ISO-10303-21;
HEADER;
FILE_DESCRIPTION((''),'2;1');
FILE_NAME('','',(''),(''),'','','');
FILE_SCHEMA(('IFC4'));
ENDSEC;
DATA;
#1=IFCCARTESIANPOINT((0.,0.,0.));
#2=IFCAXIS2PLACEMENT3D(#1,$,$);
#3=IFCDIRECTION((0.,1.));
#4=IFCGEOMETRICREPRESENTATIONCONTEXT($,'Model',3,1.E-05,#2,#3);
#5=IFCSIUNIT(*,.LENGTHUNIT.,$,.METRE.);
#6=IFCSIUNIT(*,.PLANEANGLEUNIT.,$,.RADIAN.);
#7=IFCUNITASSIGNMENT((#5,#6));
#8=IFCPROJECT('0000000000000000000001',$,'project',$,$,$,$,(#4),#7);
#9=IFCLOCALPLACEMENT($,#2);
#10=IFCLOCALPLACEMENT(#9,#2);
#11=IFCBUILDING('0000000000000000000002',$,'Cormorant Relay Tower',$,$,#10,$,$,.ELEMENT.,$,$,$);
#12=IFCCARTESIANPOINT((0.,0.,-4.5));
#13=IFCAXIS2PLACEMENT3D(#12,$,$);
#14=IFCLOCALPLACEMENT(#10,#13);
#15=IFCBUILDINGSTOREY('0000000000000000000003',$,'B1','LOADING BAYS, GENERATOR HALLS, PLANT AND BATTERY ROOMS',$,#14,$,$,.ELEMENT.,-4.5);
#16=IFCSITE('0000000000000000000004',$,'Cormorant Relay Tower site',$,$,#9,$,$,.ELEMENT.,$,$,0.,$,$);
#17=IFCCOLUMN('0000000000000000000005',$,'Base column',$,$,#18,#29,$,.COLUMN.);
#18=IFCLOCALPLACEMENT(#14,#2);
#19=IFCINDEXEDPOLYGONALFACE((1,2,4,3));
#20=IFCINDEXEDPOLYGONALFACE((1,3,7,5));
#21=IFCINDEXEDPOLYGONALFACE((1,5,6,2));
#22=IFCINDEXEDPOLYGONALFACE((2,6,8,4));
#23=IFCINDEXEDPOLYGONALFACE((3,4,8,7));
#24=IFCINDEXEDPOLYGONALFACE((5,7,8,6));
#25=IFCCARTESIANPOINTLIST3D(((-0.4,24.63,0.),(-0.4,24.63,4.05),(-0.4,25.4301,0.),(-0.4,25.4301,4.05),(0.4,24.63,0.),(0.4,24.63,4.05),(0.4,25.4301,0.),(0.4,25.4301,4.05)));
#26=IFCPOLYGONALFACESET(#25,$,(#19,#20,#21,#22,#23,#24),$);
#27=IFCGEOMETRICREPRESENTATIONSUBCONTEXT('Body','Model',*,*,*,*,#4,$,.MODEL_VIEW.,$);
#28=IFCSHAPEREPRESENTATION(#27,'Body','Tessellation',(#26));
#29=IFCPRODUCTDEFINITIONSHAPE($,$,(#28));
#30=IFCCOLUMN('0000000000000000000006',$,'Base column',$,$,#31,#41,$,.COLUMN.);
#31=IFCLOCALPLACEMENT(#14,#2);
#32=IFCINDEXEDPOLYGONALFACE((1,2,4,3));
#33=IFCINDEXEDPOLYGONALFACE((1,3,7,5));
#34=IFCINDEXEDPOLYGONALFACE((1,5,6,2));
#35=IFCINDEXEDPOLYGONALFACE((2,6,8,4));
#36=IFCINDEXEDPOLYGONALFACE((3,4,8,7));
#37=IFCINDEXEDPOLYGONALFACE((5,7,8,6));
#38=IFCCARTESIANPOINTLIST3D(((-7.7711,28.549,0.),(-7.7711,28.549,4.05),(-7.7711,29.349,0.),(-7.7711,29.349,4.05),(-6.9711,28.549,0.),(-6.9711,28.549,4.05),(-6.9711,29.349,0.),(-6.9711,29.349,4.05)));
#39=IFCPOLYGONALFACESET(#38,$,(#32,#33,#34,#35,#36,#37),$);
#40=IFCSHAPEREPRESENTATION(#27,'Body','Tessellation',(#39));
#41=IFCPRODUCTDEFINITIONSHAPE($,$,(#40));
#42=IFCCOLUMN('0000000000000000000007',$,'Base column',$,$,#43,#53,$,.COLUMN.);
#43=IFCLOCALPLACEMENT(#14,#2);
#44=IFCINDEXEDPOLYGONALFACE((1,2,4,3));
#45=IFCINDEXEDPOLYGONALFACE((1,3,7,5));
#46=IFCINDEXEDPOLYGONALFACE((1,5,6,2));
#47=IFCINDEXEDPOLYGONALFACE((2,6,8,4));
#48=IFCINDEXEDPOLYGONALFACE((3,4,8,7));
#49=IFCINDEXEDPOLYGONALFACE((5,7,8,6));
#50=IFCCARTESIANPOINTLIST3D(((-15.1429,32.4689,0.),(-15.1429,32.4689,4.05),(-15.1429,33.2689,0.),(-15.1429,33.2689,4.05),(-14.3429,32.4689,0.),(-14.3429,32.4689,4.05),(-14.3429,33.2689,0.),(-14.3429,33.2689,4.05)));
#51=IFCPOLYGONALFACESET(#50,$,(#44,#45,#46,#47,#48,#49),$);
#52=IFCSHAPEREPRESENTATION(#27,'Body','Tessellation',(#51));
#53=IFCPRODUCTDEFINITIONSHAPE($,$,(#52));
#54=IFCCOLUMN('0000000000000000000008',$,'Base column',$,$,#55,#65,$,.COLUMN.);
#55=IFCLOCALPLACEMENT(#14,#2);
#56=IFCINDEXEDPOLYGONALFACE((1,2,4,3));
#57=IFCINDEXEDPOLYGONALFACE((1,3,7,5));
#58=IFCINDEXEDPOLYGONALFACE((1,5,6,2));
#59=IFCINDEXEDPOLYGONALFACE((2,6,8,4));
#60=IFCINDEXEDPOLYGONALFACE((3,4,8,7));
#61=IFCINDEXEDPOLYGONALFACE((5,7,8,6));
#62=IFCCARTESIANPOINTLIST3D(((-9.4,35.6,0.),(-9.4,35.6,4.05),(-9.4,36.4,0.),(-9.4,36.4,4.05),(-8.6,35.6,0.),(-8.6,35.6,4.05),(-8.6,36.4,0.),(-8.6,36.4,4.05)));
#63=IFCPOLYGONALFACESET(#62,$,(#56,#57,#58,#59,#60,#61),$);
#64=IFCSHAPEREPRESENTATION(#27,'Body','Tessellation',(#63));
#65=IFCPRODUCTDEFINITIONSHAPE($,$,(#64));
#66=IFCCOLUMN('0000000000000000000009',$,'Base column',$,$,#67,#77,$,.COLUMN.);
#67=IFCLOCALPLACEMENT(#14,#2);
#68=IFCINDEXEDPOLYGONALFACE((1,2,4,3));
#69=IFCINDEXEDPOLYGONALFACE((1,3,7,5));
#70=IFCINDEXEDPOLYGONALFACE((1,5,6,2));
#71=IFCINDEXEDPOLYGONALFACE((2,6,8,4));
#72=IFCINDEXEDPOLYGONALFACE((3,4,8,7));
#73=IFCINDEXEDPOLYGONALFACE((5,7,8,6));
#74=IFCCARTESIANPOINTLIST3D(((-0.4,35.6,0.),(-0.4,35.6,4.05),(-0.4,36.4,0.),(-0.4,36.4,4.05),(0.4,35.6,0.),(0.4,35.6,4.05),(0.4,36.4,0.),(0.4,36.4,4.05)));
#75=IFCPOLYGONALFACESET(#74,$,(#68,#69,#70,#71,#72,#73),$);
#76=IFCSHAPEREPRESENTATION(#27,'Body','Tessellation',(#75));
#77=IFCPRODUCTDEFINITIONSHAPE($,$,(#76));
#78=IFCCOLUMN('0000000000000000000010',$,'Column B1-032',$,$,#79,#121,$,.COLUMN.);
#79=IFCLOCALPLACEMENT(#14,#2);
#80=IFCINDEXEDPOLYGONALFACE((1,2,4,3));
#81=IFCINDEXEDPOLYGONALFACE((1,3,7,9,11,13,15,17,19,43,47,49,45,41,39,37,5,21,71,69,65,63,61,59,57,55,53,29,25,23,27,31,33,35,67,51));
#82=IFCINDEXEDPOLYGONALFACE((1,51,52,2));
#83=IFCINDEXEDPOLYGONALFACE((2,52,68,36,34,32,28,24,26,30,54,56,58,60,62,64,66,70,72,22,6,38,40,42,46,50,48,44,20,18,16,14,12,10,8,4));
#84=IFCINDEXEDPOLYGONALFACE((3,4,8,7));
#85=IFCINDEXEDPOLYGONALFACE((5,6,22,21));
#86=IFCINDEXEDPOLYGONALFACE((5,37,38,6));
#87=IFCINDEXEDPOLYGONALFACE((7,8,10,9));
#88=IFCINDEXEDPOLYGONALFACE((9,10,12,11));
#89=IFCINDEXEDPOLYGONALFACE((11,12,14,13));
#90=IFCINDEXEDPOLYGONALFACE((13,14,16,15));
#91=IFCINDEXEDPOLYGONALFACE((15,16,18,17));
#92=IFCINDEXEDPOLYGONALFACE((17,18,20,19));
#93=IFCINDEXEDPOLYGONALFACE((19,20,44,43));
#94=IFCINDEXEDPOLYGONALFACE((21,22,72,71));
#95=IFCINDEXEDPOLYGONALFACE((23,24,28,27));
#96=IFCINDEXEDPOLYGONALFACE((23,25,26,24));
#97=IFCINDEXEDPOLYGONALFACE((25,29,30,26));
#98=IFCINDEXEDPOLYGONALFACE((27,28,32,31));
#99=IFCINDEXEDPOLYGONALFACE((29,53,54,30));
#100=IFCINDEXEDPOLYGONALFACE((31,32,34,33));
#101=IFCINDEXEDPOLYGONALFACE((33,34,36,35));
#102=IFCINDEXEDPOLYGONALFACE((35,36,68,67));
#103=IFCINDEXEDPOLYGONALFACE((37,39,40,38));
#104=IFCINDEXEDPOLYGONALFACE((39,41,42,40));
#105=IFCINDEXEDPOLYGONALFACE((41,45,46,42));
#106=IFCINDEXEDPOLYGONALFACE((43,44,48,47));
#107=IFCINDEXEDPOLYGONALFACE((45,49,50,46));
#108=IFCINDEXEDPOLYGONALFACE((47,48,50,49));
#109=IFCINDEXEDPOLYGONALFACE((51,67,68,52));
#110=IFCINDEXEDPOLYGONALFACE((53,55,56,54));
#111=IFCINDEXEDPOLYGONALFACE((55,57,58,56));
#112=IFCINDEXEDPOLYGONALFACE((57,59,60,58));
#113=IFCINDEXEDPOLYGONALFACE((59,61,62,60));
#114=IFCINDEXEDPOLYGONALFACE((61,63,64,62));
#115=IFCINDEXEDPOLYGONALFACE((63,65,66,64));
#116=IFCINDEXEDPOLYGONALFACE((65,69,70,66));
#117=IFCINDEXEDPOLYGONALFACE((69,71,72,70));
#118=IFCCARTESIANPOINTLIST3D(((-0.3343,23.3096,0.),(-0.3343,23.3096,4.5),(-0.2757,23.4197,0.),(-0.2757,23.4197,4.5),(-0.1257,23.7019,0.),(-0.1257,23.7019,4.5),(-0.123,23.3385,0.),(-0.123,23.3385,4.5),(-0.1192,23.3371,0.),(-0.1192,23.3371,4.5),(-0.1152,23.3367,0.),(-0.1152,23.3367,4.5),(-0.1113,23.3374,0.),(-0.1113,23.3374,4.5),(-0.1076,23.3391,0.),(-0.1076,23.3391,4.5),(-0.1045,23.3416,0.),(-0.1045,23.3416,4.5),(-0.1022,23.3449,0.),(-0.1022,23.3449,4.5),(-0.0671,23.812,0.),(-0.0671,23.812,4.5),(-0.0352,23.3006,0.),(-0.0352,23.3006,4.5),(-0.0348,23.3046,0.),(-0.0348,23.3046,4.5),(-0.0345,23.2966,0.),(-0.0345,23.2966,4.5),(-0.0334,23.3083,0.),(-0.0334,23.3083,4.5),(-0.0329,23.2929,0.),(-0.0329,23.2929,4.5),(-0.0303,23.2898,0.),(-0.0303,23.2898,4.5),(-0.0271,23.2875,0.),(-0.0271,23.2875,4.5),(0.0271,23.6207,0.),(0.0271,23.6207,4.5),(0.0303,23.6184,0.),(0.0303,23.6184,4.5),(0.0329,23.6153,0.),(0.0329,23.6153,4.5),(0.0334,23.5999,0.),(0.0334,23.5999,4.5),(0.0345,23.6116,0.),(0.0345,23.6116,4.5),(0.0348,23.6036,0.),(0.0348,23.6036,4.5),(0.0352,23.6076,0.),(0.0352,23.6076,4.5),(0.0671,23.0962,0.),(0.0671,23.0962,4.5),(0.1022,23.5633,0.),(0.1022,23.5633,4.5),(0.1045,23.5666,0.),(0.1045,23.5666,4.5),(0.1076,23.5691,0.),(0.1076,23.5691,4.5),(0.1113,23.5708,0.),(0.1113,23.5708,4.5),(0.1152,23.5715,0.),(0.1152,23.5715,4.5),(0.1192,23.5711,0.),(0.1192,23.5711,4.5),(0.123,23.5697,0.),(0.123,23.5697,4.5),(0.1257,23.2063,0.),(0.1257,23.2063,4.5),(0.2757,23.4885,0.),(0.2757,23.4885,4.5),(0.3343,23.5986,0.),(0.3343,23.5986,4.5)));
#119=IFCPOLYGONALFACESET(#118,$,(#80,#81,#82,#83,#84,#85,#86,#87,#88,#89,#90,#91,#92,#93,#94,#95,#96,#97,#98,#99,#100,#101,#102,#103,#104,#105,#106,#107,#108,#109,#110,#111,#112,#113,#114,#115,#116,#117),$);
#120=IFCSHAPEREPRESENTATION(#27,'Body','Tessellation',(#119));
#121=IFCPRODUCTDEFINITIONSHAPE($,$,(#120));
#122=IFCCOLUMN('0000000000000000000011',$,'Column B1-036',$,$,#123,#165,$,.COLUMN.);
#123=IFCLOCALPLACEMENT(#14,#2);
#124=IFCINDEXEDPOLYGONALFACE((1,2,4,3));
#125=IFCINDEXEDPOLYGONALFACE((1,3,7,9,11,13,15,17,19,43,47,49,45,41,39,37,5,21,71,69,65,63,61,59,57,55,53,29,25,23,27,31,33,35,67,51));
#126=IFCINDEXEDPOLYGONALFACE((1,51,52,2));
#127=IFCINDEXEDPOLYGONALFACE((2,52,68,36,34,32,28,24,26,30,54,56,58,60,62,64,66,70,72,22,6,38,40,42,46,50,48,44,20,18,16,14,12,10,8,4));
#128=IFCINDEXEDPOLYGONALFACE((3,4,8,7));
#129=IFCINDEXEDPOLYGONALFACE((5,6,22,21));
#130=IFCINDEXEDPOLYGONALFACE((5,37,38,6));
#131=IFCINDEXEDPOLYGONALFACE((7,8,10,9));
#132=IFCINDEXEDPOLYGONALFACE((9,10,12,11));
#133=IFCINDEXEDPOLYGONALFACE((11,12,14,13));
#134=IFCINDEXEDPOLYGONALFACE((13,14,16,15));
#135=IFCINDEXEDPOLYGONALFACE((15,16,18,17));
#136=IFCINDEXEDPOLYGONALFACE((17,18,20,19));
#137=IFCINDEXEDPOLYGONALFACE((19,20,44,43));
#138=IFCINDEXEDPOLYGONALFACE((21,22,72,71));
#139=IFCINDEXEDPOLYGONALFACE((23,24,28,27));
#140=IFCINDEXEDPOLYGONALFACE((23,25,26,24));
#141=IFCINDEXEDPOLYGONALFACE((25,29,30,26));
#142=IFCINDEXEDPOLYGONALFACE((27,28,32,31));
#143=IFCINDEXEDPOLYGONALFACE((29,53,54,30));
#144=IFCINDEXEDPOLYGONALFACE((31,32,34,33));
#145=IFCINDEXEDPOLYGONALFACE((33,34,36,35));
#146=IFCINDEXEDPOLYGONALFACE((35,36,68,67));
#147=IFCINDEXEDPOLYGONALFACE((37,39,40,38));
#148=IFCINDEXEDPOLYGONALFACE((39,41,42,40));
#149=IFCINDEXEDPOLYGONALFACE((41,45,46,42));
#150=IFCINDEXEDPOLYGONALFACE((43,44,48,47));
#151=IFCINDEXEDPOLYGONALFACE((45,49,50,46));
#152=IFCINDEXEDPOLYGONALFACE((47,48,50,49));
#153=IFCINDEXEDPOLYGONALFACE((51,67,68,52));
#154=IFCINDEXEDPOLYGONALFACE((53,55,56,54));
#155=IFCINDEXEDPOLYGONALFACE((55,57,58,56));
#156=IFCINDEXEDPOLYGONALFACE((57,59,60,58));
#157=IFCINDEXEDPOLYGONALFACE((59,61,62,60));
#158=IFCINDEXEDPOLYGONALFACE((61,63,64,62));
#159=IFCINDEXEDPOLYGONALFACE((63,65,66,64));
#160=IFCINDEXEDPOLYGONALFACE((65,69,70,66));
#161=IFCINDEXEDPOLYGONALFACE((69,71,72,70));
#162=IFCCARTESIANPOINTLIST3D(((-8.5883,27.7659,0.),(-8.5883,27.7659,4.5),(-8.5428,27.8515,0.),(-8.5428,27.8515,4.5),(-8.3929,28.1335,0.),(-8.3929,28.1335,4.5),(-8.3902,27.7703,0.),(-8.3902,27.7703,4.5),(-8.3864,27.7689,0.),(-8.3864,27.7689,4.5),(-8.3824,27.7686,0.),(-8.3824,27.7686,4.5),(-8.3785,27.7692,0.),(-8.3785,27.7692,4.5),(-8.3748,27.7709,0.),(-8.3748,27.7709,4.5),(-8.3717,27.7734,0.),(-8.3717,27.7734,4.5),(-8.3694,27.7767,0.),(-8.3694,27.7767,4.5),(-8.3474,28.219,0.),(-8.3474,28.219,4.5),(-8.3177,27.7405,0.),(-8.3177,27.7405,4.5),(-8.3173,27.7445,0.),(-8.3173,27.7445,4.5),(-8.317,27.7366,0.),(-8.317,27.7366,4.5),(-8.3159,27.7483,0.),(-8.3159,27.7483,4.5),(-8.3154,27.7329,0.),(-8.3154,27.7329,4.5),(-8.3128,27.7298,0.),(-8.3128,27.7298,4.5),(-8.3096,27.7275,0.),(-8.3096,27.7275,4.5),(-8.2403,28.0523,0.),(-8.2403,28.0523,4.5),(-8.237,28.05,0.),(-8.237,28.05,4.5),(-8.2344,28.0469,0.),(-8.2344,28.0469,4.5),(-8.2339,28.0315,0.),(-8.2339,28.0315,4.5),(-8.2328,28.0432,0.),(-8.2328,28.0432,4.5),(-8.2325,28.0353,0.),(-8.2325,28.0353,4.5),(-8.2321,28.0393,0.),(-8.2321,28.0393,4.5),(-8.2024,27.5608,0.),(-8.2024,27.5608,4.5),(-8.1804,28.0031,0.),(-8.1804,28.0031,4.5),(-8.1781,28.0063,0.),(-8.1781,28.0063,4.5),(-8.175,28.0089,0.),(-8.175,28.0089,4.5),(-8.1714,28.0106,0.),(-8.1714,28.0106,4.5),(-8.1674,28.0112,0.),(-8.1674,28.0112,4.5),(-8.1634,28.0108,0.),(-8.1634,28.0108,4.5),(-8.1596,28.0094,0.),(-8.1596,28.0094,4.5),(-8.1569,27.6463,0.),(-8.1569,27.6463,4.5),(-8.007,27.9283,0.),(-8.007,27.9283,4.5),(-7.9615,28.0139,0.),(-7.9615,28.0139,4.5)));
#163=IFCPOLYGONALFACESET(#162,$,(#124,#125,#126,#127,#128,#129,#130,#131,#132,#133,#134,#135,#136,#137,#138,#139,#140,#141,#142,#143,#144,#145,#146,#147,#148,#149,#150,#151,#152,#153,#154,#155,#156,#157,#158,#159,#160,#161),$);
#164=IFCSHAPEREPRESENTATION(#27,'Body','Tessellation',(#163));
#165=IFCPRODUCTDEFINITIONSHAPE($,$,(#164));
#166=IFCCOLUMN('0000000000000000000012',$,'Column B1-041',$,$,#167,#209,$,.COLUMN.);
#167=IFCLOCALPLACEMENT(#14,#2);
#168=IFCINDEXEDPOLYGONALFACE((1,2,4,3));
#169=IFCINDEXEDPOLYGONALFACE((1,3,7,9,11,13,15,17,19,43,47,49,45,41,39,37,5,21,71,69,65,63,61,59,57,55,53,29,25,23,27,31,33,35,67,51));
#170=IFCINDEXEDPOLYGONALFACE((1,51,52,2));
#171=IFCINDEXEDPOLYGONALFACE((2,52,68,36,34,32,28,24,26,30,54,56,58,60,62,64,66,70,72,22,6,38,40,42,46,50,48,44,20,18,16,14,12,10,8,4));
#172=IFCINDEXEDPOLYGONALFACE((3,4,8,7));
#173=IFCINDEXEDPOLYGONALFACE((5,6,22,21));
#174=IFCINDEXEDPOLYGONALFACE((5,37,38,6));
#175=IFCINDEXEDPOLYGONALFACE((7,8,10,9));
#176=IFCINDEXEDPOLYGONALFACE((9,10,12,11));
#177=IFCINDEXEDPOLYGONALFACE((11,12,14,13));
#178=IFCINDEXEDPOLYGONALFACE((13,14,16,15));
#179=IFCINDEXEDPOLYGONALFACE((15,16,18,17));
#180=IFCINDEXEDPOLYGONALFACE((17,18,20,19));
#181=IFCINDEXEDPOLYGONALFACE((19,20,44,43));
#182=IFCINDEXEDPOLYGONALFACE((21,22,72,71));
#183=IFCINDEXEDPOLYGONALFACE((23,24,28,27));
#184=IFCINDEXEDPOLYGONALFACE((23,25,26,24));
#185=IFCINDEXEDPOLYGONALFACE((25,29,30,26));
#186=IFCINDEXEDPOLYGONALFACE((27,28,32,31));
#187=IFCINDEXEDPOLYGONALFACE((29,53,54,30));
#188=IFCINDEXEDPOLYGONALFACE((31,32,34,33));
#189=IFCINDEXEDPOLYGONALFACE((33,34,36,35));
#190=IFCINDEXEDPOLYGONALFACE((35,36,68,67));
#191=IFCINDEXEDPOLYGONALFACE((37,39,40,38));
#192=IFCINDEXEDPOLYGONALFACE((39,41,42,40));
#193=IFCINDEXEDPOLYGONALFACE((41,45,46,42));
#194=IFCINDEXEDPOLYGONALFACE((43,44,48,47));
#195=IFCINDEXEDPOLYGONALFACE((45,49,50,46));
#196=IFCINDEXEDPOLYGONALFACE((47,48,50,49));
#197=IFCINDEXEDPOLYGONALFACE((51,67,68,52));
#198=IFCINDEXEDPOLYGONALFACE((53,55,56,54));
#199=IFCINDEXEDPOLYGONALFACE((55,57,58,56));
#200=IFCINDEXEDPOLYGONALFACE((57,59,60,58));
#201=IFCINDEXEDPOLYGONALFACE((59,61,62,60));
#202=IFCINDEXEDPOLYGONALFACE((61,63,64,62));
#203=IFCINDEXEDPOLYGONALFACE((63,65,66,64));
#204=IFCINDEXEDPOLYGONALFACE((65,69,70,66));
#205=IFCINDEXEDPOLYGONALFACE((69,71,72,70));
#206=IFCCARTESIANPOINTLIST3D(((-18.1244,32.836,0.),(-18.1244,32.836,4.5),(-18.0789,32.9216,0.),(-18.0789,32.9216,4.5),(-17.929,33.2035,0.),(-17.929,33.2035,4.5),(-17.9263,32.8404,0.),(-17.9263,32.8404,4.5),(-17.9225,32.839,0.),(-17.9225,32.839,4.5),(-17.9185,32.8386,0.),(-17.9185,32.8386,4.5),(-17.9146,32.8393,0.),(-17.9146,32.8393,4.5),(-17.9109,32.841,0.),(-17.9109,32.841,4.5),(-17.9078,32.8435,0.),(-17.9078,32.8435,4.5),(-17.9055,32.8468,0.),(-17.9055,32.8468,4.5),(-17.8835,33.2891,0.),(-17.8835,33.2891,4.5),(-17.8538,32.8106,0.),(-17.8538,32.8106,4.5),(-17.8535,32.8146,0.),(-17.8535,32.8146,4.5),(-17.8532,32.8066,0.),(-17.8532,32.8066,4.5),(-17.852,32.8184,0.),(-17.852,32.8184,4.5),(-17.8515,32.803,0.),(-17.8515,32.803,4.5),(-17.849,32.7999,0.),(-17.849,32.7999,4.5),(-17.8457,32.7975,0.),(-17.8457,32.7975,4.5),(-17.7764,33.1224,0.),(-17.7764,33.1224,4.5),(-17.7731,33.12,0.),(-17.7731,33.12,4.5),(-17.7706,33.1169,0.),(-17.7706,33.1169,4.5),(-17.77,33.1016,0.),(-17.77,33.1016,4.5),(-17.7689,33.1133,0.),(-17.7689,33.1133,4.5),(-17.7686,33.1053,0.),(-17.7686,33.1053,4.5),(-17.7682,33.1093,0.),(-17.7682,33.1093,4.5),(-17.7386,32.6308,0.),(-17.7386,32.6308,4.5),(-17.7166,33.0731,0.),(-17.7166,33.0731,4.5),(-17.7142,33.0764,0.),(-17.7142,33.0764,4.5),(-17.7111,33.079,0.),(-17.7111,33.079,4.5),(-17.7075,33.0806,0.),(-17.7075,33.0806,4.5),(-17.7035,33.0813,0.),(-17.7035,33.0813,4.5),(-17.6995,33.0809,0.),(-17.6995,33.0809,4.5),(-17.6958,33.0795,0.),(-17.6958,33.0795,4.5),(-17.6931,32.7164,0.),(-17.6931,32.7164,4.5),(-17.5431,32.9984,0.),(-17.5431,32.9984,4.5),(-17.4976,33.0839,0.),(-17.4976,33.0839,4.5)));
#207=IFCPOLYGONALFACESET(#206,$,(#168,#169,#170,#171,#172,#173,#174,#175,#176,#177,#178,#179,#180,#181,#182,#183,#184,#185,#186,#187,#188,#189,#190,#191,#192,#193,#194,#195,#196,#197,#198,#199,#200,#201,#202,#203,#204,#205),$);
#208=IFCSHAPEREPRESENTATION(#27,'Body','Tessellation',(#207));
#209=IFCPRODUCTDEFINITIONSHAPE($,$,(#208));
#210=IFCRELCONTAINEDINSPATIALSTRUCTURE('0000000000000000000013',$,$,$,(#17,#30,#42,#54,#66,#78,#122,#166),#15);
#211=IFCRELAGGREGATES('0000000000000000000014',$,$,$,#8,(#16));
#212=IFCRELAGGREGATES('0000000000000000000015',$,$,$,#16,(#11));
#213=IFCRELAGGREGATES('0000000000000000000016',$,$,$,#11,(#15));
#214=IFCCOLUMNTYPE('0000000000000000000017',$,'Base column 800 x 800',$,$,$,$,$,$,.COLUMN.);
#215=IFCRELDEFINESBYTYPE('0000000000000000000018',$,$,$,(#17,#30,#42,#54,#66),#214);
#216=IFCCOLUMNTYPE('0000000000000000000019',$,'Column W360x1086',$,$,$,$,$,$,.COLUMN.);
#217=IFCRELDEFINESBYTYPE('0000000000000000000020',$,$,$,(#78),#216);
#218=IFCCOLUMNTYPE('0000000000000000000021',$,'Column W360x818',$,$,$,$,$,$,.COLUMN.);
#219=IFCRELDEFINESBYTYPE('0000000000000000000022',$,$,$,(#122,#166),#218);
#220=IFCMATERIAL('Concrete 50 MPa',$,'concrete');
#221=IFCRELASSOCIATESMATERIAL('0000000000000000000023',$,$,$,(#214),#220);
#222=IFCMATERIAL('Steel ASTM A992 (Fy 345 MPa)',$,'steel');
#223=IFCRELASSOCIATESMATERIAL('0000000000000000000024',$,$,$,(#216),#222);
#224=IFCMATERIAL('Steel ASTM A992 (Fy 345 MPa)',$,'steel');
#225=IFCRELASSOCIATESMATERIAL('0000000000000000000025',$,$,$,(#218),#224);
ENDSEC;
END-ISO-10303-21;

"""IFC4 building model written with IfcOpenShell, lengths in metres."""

from ifc_helpers import new_model, si_unit, direction, frame, origin, origin_2d, place, context, subcontext, project, spatial, rectangle, i_section, extrude, material, material_profile, profile_set, type_object, element, save


model = new_model("IFC4")

# Units and contexts
model_context = context("Model", 3, precision=1e-05, world=origin(), true_north=direction((0.0, 1.0)))
body_context = subcontext(model_context, "Body", "Model", "MODEL_VIEW")
ifc_project = project(units=[si_unit("LENGTHUNIT", "METRE"), si_unit("PLANEANGLEUNIT", "RADIAN")], contexts=[model_context])

# Site, building, storey
site_placement = place(None, origin())
site = spatial("IfcSite", under=ifc_project, at=site_placement, Name="Cormorant Relay Tower site", CompositionType="ELEMENT", RefElevation=0.0)
building_placement = place(site_placement, origin())
building = spatial("IfcBuilding", under=site, at=building_placement, Name="Cormorant Relay Tower", CompositionType="ELEMENT")
storey_placement = place(building_placement, frame((0.0, 0.0, -4.5)))
storey = spatial("IfcBuildingStorey", under=building, at=storey_placement, Name="B1", Description="LOADING BAYS, GENERATOR HALLS, PLANT AND BATTERY ROOMS", CompositionType="ELEMENT", Elevation=-4.5)

# Columns
ifc_material_1 = material(Name="Concrete 50 MPa", Category="concrete")
ifc_material_profile_1 = material_profile(ifc_material_1, rectangle(XDim=0.8, YDim=0.8, at=origin_2d()), Name="RC 800x800")
ifc_profile_set_1 = profile_set([ifc_material_profile_1], Name="Concrete 50 MPa")
column_type_1 = type_object("IfcColumnType", Name="Base column 800 x 800", PredefinedType="COLUMN", material=ifc_profile_set_1)
for number, where, z_axis, x_axis, name in (
    (1, (0.0, 25.03, 0.0), (0.0, 0.0, 1.0), (1.0, 0.0, 0.0), "Base column"),
    (2, (-7.3711, 28.949, 0.0), (0.0, 0.0, 1.0), (1.0, 0.0, 0.0), "Base column"),
    (3, (-14.7429, 32.8689, 0.0), (0.0, 0.0, 1.0), (1.0, 0.0, 0.0), "Base column"),
    (4, (-9.0, 36.0, 0.0), (0.0, 0.0, 1.0), (1.0, 0.0, 0.0), "Base column"),
    (5, (0.0, 36.0, 0.0), (0.0, 0.0, 1.0), (1.0, 0.0, 0.0), "Base column"),
):
    element("IfcColumn", number, at=place(storey_placement, frame(where, z_axis=z_axis, x_axis=x_axis)), inside=storey, type_object=column_type_1, Name=name, PredefinedType="COLUMN", context=body_context, shape_type="SweptSolid", body=[
        extrude(rectangle(XDim=0.8, YDim=0.8, at=origin_2d()), origin(), (0.0, 0.0, 1.0), 4.05),
    ])
ifc_material_2 = material(Name="Steel ASTM A992 (Fy 345 MPa)", Category="steel")
ifc_material_profile_2 = material_profile(ifc_material_2, i_section(OverallWidth=0.4546, OverallDepth=0.5691, WebThickness=0.0779, FlangeThickness=0.1248, FilletRadius=0.0154, at=origin_2d()), Name="W360x1086")
ifc_profile_set_2 = profile_set([ifc_material_profile_2], Name="Steel ASTM A992 (Fy 345 MPa)")
column_type_2 = type_object("IfcColumnType", Name="Column W360x1086", PredefinedType="COLUMN", material=ifc_profile_set_2)
column_placement = place(storey_placement, frame((0.0, 23.4541, 0.0), z_axis=(0.0, 0.0, 1.0), x_axis=(-0.882948, 0.469472, 0.0)))
element("IfcColumn", 6, at=column_placement, inside=storey, type_object=column_type_2, Name="Column B1-032", PredefinedType="COLUMN", context=body_context, shape_type="SweptSolid", body=[
    extrude(i_section(OverallWidth=0.4546, OverallDepth=0.5691, WebThickness=0.0779, FlangeThickness=0.1248, FilletRadius=0.0154, at=origin_2d()), origin(), (0.0, 0.0, 1.0), 4.5),
])
ifc_material_3 = material(Name="Steel ASTM A992 (Fy 345 MPa)", Category="steel")
ifc_material_profile_3 = material_profile(ifc_material_3, i_section(OverallWidth=0.437, OverallDepth=0.5132, WebThickness=0.0605, FlangeThickness=0.0969, FilletRadius=0.0154, at=origin_2d()), Name="W360x818")
ifc_profile_set_3 = profile_set([ifc_material_profile_3], Name="Steel ASTM A992 (Fy 345 MPa)")
column_type_3 = type_object("IfcColumnType", Name="Column W360x818", PredefinedType="COLUMN", material=ifc_profile_set_3)
for number, where, z_axis, x_axis, name in (
    (7, (-8.2749, 27.8899, 0.0), (0.0, 0.0, 1.0), (-0.882948, 0.469472, 0.0), "Column B1-036"),
    (8, (-17.811, 32.96, 0.0), (0.0, 0.0, 1.0), (-0.882948, 0.469472, 0.0), "Column B1-041"),
):
    element("IfcColumn", number, at=place(storey_placement, frame(where, z_axis=z_axis, x_axis=x_axis)), inside=storey, type_object=column_type_3, Name=name, PredefinedType="COLUMN", context=body_context, shape_type="SweptSolid", body=[
        extrude(i_section(OverallWidth=0.437, OverallDepth=0.5132, WebThickness=0.0605, FlangeThickness=0.0969, FilletRadius=0.0154, at=origin_2d()), origin(), (0.0, 0.0, 1.0), 4.5),
    ])

save(model, "model.ifc")
